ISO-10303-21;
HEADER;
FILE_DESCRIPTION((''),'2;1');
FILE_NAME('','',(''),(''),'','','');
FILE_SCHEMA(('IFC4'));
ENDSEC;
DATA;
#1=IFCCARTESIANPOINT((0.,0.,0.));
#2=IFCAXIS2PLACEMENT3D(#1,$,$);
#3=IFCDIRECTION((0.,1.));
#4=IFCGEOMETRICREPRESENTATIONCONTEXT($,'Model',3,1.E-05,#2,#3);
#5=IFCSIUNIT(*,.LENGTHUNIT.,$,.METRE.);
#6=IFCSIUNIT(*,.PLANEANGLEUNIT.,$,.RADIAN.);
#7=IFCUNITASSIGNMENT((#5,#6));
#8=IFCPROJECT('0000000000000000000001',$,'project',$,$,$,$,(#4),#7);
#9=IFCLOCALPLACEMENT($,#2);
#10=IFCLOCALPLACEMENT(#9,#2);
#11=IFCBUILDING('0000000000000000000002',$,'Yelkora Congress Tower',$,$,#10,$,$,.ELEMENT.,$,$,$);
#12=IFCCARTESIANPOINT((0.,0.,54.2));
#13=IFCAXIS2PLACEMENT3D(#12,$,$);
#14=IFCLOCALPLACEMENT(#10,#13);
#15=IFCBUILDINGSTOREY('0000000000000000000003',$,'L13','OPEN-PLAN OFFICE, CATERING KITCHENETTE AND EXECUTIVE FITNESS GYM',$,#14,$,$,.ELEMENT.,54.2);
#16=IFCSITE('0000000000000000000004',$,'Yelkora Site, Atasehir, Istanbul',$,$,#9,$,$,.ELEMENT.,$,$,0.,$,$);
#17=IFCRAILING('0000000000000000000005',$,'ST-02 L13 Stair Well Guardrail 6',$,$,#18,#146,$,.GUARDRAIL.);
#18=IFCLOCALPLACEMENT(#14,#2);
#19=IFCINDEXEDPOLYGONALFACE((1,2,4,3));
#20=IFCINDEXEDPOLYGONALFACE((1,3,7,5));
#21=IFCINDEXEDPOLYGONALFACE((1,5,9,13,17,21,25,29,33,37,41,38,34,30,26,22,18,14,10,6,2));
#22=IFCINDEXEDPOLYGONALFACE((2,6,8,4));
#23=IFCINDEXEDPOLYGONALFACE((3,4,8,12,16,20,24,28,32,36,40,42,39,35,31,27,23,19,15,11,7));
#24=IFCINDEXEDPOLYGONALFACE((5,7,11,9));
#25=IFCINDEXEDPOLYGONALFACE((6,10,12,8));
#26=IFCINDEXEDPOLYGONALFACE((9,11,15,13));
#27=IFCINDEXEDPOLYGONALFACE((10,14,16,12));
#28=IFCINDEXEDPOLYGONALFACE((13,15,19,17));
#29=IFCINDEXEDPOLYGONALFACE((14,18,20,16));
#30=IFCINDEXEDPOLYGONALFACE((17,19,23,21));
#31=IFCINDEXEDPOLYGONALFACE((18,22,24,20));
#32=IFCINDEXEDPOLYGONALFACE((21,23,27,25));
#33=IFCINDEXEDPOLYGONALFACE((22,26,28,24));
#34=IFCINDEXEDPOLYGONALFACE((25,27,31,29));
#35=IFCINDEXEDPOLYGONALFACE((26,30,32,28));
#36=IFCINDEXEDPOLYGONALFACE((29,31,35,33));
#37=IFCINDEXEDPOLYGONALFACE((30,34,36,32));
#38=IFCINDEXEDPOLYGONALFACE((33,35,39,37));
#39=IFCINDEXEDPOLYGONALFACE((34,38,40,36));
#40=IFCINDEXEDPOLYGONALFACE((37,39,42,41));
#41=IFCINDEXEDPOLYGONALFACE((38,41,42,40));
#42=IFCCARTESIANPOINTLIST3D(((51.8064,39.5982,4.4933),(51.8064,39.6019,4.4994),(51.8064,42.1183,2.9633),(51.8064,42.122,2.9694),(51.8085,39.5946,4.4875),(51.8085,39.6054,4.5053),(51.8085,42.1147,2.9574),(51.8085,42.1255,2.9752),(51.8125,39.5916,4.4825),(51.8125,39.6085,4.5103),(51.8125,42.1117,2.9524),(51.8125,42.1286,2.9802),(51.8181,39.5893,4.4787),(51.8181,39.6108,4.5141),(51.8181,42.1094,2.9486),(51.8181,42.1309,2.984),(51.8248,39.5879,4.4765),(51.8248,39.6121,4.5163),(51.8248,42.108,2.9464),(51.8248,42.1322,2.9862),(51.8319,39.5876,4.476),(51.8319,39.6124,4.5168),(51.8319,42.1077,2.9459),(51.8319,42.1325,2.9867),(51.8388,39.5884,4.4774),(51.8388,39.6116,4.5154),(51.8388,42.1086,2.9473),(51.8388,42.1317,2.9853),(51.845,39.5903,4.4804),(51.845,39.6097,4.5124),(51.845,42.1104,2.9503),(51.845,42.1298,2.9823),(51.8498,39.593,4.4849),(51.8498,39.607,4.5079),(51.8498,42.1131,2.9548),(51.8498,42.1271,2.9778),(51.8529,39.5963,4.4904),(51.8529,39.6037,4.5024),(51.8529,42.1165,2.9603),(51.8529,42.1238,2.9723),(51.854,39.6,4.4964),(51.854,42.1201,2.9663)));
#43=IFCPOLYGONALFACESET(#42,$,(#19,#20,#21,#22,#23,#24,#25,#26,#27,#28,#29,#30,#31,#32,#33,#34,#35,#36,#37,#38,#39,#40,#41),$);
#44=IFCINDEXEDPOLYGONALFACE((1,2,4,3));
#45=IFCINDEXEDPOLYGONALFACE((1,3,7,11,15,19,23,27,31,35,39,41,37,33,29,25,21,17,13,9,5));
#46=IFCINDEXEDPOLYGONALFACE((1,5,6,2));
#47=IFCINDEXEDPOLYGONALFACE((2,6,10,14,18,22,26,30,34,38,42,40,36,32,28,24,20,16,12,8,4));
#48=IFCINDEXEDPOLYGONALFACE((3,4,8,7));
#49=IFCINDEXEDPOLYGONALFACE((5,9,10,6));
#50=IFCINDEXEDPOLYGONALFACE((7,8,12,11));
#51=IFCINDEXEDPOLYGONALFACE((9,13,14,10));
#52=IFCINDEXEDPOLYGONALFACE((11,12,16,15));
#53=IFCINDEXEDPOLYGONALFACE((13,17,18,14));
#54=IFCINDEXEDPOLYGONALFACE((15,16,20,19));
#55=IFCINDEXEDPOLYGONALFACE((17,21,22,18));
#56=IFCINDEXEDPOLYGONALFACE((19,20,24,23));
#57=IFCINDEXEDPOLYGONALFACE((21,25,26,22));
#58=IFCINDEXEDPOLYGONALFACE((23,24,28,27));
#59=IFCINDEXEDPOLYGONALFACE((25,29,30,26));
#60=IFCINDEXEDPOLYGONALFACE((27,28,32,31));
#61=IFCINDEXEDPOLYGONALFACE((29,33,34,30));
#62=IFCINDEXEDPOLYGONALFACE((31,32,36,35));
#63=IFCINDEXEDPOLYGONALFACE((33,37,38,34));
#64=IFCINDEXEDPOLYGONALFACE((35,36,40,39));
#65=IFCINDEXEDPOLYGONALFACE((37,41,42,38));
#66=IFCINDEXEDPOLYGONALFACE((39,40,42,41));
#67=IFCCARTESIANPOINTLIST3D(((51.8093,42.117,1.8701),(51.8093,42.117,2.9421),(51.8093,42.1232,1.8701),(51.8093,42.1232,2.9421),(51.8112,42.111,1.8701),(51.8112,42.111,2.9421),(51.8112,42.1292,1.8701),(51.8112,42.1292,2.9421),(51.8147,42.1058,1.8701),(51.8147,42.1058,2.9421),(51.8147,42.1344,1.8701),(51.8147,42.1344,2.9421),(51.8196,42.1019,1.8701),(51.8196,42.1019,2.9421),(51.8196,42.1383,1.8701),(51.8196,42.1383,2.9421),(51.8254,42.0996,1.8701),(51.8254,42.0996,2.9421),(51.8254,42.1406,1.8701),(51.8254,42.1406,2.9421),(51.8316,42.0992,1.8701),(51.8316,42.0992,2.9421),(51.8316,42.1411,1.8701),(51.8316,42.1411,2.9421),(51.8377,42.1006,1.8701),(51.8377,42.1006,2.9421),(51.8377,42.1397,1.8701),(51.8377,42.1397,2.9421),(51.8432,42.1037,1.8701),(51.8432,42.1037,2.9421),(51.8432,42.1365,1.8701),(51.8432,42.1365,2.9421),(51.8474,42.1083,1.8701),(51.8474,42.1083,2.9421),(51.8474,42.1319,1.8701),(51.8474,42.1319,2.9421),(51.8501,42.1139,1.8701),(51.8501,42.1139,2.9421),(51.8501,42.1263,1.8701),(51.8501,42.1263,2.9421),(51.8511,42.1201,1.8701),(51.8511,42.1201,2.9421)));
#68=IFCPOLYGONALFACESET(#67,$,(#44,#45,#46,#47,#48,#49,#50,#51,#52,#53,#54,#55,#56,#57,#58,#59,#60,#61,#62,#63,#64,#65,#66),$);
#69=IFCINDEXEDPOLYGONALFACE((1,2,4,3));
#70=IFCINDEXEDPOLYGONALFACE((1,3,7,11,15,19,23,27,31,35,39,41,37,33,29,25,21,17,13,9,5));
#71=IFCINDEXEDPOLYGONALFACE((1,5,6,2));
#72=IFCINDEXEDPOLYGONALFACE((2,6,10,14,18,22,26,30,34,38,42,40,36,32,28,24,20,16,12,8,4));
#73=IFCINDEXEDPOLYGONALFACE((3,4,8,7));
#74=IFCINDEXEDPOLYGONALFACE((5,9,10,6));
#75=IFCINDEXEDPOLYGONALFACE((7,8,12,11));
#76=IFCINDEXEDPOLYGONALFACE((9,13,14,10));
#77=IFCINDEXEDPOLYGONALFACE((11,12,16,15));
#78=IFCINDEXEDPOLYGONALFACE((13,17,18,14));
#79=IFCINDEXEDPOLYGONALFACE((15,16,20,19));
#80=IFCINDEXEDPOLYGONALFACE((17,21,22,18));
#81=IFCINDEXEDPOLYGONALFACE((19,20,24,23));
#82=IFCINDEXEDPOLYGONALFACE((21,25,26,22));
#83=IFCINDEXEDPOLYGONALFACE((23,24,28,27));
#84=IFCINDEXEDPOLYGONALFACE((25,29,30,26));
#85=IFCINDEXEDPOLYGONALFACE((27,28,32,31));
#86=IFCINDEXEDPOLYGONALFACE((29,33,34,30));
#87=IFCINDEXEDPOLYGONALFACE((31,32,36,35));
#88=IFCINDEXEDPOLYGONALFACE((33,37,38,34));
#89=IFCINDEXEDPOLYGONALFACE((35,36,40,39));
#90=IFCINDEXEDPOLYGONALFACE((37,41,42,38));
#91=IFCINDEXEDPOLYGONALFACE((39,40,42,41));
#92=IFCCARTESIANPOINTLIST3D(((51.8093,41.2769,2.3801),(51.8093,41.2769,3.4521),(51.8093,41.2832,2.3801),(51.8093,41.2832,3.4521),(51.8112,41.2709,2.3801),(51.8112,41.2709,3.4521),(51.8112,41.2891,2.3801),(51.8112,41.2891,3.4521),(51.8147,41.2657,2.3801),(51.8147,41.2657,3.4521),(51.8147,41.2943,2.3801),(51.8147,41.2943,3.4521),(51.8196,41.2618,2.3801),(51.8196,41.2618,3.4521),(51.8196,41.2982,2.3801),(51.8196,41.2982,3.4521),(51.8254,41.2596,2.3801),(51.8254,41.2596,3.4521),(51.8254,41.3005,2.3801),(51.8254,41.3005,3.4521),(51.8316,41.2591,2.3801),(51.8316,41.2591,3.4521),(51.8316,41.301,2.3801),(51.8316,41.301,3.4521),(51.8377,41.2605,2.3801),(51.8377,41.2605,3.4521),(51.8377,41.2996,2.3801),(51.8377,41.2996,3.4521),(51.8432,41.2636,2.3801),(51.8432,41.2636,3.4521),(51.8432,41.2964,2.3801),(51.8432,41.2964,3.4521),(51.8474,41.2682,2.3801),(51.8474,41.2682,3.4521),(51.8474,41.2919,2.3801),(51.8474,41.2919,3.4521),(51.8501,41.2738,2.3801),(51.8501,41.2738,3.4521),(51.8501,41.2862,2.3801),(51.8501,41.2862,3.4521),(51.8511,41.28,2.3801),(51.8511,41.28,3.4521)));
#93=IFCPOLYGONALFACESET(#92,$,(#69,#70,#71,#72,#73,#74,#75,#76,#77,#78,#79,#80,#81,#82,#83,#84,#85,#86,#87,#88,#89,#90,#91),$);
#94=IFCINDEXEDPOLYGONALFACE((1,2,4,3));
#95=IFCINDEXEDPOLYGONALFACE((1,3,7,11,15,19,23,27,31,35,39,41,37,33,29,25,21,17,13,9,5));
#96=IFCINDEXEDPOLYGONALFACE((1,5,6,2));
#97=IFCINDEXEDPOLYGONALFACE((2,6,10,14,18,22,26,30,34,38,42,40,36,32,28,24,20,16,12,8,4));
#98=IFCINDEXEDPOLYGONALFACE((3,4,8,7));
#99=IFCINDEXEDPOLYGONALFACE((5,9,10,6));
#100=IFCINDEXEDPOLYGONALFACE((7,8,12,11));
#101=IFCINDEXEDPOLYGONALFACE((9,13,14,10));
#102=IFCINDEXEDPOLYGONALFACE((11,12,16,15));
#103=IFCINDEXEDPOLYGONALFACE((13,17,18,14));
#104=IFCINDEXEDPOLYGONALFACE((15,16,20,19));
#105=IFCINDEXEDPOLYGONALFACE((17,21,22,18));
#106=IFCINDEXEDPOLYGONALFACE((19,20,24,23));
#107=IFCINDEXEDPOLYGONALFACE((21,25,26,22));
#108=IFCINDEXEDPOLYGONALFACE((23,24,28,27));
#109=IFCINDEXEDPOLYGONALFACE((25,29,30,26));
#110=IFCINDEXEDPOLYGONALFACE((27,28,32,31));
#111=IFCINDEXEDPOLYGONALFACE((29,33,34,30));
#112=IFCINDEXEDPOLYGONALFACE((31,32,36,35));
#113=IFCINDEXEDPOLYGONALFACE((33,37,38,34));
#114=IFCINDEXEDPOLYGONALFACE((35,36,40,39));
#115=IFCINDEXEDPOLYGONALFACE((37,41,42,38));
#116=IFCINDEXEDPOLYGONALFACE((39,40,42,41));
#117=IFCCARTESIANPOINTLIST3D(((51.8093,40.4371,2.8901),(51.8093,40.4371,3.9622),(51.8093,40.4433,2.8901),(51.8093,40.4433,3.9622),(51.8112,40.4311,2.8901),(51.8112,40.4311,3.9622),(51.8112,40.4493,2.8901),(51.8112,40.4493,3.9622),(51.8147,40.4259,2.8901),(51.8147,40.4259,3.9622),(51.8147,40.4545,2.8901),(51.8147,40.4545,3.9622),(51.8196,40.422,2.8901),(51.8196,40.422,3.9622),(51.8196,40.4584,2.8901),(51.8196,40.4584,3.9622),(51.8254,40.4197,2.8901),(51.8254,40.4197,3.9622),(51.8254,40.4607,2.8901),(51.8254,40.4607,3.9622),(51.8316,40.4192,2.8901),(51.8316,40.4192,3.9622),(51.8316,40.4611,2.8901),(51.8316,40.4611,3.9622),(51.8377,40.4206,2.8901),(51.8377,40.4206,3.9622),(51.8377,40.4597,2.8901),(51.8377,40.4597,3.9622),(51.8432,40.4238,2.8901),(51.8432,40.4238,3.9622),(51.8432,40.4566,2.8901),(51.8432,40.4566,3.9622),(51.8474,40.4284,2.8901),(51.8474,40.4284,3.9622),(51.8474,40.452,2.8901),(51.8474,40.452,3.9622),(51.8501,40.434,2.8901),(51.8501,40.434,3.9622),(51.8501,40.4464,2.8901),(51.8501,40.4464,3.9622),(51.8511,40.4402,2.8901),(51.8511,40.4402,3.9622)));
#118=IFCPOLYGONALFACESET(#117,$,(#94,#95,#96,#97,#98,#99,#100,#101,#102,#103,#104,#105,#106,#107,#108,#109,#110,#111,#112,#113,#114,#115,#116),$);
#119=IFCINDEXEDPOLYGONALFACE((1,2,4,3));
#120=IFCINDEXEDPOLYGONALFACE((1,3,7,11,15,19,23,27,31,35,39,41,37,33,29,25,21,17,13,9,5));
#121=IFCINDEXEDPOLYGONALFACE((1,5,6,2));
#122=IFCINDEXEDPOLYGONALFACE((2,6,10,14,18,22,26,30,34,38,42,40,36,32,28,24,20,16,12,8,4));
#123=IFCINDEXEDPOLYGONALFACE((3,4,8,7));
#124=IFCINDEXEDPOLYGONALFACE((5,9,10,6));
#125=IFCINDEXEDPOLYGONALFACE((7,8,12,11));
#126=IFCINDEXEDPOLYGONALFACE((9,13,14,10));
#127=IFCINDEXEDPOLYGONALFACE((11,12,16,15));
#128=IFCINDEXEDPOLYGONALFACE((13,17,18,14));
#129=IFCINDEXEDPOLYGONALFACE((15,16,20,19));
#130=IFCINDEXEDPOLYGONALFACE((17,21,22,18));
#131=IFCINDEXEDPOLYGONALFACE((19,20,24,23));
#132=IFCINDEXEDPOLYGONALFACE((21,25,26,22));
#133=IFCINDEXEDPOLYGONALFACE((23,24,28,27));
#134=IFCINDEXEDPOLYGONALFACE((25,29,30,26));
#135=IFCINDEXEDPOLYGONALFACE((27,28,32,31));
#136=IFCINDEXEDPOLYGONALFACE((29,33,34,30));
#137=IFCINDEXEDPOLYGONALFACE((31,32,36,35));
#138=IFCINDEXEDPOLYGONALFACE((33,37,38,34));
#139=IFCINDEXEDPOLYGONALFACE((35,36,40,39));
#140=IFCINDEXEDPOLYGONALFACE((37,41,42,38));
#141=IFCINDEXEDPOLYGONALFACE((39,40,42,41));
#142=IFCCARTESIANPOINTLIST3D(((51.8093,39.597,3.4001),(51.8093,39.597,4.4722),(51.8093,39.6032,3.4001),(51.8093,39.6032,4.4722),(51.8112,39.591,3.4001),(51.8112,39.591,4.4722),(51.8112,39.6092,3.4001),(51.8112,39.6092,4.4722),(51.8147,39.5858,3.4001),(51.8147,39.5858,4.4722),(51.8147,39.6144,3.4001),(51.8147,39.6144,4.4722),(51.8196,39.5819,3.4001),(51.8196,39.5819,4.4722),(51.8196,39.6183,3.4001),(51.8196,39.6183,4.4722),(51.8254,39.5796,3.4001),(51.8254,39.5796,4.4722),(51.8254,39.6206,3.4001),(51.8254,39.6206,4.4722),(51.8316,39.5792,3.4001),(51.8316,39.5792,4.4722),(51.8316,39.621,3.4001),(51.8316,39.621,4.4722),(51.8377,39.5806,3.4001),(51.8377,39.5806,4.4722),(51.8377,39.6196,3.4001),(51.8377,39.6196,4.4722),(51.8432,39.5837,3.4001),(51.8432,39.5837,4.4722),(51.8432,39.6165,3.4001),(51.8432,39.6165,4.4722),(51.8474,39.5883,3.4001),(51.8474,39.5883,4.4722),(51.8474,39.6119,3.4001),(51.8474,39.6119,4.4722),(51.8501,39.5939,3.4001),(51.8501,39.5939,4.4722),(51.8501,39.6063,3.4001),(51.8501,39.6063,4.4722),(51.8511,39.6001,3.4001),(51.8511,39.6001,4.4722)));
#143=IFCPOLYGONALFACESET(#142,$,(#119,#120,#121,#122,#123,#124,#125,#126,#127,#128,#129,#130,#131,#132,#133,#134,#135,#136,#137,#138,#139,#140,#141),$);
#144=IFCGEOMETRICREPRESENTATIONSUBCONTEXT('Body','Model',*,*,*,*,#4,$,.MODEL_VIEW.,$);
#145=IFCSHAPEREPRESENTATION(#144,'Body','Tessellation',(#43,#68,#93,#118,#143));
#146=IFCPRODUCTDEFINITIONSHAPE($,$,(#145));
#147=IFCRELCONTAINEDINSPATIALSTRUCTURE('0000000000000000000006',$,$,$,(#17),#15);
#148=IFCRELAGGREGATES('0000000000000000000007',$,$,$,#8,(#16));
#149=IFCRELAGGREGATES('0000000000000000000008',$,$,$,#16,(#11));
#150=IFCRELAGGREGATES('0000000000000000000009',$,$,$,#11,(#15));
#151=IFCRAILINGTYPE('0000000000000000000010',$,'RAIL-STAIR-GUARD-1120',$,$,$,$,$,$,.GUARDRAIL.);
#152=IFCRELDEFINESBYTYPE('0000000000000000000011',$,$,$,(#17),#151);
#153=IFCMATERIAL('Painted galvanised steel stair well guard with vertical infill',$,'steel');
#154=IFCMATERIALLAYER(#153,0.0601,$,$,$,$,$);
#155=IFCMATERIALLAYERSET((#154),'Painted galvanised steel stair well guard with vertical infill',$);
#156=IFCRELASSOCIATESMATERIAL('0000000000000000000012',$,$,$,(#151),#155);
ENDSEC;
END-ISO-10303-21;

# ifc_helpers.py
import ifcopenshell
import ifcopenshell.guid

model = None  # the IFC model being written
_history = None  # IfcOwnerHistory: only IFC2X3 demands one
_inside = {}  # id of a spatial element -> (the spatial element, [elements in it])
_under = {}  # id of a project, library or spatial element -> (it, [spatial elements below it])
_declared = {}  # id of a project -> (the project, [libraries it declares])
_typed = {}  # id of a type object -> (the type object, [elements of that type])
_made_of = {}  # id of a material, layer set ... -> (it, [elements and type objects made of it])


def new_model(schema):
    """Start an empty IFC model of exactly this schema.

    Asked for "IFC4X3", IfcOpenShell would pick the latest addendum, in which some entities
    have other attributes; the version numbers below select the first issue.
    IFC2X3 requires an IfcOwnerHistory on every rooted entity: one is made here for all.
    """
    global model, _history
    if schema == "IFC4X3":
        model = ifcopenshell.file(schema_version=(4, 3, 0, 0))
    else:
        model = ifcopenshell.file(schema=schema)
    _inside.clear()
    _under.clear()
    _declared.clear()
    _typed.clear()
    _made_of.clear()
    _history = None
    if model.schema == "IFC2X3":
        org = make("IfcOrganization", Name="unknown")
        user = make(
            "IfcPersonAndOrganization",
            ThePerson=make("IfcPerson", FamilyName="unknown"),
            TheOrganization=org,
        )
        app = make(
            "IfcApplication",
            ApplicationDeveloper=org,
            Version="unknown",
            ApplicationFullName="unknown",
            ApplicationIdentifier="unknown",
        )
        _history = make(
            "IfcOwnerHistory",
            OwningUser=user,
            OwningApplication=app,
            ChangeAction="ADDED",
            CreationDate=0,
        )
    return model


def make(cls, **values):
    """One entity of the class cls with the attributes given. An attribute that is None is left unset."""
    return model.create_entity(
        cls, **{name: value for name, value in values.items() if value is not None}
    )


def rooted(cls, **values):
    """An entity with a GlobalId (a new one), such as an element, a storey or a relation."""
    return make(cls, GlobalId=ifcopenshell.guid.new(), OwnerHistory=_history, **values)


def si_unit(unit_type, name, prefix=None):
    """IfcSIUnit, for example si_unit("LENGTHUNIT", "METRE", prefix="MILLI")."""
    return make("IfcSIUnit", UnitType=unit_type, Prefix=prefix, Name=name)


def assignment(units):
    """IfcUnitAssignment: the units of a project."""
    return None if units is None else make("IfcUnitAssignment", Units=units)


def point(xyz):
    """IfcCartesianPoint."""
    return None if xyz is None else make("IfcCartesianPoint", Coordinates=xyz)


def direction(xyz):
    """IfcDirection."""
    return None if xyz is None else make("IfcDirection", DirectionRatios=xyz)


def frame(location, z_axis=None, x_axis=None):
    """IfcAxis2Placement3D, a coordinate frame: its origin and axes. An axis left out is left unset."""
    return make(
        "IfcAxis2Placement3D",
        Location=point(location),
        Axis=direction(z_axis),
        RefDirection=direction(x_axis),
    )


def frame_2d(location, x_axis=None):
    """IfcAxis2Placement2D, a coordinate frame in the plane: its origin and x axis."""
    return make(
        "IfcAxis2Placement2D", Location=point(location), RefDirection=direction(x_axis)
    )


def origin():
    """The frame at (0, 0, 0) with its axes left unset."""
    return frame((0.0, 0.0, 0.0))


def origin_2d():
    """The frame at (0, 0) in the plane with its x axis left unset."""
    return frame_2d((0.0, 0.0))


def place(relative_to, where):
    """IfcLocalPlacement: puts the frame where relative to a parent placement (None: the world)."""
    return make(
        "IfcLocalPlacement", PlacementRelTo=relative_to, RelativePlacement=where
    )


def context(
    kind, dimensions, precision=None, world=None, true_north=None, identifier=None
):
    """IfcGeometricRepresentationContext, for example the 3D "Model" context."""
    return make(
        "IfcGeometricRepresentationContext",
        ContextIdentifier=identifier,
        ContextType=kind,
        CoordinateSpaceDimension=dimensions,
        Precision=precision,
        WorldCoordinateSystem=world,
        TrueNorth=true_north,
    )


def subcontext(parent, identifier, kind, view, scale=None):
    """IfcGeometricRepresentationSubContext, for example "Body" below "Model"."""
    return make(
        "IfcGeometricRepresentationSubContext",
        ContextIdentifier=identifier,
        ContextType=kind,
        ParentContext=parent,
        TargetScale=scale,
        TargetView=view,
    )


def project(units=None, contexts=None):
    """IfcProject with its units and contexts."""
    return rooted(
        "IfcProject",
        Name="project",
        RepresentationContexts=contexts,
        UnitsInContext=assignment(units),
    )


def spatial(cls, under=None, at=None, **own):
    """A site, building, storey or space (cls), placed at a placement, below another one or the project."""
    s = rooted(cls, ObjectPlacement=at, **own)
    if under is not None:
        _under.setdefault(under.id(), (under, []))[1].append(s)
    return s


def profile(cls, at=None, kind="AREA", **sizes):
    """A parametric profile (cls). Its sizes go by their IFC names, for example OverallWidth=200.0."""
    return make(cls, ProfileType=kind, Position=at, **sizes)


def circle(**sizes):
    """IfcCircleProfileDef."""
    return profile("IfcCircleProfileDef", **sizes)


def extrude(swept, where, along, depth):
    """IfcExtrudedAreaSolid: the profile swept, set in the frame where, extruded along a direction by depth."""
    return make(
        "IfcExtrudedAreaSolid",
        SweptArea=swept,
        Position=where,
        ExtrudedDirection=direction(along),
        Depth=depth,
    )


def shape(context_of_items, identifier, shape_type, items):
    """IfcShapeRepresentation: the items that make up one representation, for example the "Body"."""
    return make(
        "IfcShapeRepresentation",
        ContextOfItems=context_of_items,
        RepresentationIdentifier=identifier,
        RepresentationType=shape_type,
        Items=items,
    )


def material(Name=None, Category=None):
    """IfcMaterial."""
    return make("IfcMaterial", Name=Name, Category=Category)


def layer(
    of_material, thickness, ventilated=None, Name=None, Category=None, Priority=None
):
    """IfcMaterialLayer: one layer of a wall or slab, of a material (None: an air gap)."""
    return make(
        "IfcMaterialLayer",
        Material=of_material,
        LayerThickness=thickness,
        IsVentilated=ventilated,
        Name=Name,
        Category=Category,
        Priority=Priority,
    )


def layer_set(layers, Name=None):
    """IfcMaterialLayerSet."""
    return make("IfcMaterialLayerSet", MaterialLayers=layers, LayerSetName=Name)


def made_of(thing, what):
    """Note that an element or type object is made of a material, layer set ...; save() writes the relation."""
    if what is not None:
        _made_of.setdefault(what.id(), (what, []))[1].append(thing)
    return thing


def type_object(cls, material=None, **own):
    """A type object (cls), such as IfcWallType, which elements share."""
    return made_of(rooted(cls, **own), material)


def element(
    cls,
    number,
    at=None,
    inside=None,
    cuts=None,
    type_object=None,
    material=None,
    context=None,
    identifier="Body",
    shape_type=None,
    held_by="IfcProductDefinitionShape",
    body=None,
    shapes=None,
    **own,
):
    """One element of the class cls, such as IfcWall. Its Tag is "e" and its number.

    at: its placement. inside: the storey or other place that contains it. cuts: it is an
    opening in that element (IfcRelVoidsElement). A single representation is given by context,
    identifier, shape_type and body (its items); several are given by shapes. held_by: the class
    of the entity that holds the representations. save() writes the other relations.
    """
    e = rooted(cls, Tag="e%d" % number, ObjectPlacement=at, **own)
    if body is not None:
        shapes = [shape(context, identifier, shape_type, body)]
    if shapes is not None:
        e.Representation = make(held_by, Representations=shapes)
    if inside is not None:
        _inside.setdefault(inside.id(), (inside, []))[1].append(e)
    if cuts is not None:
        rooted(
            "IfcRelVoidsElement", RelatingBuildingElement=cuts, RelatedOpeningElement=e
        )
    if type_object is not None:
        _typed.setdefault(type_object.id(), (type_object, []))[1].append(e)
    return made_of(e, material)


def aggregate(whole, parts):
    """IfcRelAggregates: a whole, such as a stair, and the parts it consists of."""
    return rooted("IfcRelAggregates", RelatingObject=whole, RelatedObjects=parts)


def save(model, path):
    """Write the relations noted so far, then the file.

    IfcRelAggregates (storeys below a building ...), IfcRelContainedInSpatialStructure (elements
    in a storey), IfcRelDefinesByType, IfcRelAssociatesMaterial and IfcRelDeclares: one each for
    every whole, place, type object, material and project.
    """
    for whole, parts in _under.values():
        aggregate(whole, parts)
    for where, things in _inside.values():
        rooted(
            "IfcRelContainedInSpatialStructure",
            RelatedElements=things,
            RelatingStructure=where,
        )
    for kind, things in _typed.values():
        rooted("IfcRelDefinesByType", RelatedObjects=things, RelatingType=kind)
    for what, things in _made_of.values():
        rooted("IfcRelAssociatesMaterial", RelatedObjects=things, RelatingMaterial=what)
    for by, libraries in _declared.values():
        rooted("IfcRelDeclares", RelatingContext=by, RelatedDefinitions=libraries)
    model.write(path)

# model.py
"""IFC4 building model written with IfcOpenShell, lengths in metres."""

from ifc_helpers import new_model, si_unit, direction, frame, origin, origin_2d, place, context, subcontext, project, spatial, circle, extrude, material, layer, layer_set, type_object, element, save


model = new_model("IFC4")

# Units and contexts
model_context = context("Model", 3, precision=1e-05, world=origin(), true_north=direction((0.0, 1.0)))
body_context = subcontext(model_context, "Body", "Model", "MODEL_VIEW")
ifc_project = project(units=[si_unit("LENGTHUNIT", "METRE"), si_unit("PLANEANGLEUNIT", "RADIAN")], contexts=[model_context])

# Site, building, storey
site_placement = place(None, origin())
site = spatial("IfcSite", under=ifc_project, at=site_placement, Name="Yelkora Site, Atasehir, Istanbul", CompositionType="ELEMENT", RefElevation=0.0)
building_placement = place(site_placement, origin())
building = spatial("IfcBuilding", under=site, at=building_placement, Name="Yelkora Congress Tower", CompositionType="ELEMENT")
storey_placement = place(building_placement, frame((0.0, 0.0, 54.2)))
storey = spatial("IfcBuildingStorey", under=building, at=storey_placement, Name="L13", Description="OPEN-PLAN OFFICE, CATERING KITCHENETTE AND EXECUTIVE FITNESS GYM", CompositionType="ELEMENT", Elevation=54.2)

# Railing
ifc_material_1 = material(Name="Painted galvanised steel stair well guard with vertical infill", Category="steel")
ifc_layer_1 = layer(ifc_material_1, 0.0601)
ifc_layer_set_1 = layer_set([ifc_layer_1], Name="Painted galvanised steel stair well guard with vertical infill")
railing_type_1 = type_object("IfcRailingType", Name="RAIL-STAIR-GUARD-1120", PredefinedType="GUARDRAIL", material=ifc_layer_set_1)
railing_1_placement = place(storey_placement, frame((51.8301, 42.1201, 1.8701)))
element("IfcRailing", 1, at=railing_1_placement, inside=storey, type_object=railing_type_1, Name="ST-02 L13 Stair Well Guardrail 6", PredefinedType="GUARDRAIL", context=body_context, shape_type="SweptSolid", body=[
    extrude(circle(Radius=0.0239, at=origin_2d()), frame((0.0, 0.0, 1.0962), z_axis=(0.0, -0.854785, 0.518982), x_axis=(1.0, 0.0, 0.0)), (0.0, 0.0, 1.0), 2.9482),
    extrude(circle(Radius=0.021, at=origin_2d()), origin(), (0.0, 0.0, 1.0), 1.072),
    extrude(circle(Radius=0.021, at=origin_2d()), frame((0.0, -0.8401, 0.51)), (0.0, 0.0, 1.0), 1.072),
    extrude(circle(Radius=0.021, at=origin_2d()), frame((0.0, -1.6799, 1.02)), (0.0, 0.0, 1.0), 1.072),
    extrude(circle(Radius=0.021, at=origin_2d()), frame((0.0, -2.52, 1.53)), (0.0, 0.0, 1.0), 1.072),
])

save(model, "model.ifc")
